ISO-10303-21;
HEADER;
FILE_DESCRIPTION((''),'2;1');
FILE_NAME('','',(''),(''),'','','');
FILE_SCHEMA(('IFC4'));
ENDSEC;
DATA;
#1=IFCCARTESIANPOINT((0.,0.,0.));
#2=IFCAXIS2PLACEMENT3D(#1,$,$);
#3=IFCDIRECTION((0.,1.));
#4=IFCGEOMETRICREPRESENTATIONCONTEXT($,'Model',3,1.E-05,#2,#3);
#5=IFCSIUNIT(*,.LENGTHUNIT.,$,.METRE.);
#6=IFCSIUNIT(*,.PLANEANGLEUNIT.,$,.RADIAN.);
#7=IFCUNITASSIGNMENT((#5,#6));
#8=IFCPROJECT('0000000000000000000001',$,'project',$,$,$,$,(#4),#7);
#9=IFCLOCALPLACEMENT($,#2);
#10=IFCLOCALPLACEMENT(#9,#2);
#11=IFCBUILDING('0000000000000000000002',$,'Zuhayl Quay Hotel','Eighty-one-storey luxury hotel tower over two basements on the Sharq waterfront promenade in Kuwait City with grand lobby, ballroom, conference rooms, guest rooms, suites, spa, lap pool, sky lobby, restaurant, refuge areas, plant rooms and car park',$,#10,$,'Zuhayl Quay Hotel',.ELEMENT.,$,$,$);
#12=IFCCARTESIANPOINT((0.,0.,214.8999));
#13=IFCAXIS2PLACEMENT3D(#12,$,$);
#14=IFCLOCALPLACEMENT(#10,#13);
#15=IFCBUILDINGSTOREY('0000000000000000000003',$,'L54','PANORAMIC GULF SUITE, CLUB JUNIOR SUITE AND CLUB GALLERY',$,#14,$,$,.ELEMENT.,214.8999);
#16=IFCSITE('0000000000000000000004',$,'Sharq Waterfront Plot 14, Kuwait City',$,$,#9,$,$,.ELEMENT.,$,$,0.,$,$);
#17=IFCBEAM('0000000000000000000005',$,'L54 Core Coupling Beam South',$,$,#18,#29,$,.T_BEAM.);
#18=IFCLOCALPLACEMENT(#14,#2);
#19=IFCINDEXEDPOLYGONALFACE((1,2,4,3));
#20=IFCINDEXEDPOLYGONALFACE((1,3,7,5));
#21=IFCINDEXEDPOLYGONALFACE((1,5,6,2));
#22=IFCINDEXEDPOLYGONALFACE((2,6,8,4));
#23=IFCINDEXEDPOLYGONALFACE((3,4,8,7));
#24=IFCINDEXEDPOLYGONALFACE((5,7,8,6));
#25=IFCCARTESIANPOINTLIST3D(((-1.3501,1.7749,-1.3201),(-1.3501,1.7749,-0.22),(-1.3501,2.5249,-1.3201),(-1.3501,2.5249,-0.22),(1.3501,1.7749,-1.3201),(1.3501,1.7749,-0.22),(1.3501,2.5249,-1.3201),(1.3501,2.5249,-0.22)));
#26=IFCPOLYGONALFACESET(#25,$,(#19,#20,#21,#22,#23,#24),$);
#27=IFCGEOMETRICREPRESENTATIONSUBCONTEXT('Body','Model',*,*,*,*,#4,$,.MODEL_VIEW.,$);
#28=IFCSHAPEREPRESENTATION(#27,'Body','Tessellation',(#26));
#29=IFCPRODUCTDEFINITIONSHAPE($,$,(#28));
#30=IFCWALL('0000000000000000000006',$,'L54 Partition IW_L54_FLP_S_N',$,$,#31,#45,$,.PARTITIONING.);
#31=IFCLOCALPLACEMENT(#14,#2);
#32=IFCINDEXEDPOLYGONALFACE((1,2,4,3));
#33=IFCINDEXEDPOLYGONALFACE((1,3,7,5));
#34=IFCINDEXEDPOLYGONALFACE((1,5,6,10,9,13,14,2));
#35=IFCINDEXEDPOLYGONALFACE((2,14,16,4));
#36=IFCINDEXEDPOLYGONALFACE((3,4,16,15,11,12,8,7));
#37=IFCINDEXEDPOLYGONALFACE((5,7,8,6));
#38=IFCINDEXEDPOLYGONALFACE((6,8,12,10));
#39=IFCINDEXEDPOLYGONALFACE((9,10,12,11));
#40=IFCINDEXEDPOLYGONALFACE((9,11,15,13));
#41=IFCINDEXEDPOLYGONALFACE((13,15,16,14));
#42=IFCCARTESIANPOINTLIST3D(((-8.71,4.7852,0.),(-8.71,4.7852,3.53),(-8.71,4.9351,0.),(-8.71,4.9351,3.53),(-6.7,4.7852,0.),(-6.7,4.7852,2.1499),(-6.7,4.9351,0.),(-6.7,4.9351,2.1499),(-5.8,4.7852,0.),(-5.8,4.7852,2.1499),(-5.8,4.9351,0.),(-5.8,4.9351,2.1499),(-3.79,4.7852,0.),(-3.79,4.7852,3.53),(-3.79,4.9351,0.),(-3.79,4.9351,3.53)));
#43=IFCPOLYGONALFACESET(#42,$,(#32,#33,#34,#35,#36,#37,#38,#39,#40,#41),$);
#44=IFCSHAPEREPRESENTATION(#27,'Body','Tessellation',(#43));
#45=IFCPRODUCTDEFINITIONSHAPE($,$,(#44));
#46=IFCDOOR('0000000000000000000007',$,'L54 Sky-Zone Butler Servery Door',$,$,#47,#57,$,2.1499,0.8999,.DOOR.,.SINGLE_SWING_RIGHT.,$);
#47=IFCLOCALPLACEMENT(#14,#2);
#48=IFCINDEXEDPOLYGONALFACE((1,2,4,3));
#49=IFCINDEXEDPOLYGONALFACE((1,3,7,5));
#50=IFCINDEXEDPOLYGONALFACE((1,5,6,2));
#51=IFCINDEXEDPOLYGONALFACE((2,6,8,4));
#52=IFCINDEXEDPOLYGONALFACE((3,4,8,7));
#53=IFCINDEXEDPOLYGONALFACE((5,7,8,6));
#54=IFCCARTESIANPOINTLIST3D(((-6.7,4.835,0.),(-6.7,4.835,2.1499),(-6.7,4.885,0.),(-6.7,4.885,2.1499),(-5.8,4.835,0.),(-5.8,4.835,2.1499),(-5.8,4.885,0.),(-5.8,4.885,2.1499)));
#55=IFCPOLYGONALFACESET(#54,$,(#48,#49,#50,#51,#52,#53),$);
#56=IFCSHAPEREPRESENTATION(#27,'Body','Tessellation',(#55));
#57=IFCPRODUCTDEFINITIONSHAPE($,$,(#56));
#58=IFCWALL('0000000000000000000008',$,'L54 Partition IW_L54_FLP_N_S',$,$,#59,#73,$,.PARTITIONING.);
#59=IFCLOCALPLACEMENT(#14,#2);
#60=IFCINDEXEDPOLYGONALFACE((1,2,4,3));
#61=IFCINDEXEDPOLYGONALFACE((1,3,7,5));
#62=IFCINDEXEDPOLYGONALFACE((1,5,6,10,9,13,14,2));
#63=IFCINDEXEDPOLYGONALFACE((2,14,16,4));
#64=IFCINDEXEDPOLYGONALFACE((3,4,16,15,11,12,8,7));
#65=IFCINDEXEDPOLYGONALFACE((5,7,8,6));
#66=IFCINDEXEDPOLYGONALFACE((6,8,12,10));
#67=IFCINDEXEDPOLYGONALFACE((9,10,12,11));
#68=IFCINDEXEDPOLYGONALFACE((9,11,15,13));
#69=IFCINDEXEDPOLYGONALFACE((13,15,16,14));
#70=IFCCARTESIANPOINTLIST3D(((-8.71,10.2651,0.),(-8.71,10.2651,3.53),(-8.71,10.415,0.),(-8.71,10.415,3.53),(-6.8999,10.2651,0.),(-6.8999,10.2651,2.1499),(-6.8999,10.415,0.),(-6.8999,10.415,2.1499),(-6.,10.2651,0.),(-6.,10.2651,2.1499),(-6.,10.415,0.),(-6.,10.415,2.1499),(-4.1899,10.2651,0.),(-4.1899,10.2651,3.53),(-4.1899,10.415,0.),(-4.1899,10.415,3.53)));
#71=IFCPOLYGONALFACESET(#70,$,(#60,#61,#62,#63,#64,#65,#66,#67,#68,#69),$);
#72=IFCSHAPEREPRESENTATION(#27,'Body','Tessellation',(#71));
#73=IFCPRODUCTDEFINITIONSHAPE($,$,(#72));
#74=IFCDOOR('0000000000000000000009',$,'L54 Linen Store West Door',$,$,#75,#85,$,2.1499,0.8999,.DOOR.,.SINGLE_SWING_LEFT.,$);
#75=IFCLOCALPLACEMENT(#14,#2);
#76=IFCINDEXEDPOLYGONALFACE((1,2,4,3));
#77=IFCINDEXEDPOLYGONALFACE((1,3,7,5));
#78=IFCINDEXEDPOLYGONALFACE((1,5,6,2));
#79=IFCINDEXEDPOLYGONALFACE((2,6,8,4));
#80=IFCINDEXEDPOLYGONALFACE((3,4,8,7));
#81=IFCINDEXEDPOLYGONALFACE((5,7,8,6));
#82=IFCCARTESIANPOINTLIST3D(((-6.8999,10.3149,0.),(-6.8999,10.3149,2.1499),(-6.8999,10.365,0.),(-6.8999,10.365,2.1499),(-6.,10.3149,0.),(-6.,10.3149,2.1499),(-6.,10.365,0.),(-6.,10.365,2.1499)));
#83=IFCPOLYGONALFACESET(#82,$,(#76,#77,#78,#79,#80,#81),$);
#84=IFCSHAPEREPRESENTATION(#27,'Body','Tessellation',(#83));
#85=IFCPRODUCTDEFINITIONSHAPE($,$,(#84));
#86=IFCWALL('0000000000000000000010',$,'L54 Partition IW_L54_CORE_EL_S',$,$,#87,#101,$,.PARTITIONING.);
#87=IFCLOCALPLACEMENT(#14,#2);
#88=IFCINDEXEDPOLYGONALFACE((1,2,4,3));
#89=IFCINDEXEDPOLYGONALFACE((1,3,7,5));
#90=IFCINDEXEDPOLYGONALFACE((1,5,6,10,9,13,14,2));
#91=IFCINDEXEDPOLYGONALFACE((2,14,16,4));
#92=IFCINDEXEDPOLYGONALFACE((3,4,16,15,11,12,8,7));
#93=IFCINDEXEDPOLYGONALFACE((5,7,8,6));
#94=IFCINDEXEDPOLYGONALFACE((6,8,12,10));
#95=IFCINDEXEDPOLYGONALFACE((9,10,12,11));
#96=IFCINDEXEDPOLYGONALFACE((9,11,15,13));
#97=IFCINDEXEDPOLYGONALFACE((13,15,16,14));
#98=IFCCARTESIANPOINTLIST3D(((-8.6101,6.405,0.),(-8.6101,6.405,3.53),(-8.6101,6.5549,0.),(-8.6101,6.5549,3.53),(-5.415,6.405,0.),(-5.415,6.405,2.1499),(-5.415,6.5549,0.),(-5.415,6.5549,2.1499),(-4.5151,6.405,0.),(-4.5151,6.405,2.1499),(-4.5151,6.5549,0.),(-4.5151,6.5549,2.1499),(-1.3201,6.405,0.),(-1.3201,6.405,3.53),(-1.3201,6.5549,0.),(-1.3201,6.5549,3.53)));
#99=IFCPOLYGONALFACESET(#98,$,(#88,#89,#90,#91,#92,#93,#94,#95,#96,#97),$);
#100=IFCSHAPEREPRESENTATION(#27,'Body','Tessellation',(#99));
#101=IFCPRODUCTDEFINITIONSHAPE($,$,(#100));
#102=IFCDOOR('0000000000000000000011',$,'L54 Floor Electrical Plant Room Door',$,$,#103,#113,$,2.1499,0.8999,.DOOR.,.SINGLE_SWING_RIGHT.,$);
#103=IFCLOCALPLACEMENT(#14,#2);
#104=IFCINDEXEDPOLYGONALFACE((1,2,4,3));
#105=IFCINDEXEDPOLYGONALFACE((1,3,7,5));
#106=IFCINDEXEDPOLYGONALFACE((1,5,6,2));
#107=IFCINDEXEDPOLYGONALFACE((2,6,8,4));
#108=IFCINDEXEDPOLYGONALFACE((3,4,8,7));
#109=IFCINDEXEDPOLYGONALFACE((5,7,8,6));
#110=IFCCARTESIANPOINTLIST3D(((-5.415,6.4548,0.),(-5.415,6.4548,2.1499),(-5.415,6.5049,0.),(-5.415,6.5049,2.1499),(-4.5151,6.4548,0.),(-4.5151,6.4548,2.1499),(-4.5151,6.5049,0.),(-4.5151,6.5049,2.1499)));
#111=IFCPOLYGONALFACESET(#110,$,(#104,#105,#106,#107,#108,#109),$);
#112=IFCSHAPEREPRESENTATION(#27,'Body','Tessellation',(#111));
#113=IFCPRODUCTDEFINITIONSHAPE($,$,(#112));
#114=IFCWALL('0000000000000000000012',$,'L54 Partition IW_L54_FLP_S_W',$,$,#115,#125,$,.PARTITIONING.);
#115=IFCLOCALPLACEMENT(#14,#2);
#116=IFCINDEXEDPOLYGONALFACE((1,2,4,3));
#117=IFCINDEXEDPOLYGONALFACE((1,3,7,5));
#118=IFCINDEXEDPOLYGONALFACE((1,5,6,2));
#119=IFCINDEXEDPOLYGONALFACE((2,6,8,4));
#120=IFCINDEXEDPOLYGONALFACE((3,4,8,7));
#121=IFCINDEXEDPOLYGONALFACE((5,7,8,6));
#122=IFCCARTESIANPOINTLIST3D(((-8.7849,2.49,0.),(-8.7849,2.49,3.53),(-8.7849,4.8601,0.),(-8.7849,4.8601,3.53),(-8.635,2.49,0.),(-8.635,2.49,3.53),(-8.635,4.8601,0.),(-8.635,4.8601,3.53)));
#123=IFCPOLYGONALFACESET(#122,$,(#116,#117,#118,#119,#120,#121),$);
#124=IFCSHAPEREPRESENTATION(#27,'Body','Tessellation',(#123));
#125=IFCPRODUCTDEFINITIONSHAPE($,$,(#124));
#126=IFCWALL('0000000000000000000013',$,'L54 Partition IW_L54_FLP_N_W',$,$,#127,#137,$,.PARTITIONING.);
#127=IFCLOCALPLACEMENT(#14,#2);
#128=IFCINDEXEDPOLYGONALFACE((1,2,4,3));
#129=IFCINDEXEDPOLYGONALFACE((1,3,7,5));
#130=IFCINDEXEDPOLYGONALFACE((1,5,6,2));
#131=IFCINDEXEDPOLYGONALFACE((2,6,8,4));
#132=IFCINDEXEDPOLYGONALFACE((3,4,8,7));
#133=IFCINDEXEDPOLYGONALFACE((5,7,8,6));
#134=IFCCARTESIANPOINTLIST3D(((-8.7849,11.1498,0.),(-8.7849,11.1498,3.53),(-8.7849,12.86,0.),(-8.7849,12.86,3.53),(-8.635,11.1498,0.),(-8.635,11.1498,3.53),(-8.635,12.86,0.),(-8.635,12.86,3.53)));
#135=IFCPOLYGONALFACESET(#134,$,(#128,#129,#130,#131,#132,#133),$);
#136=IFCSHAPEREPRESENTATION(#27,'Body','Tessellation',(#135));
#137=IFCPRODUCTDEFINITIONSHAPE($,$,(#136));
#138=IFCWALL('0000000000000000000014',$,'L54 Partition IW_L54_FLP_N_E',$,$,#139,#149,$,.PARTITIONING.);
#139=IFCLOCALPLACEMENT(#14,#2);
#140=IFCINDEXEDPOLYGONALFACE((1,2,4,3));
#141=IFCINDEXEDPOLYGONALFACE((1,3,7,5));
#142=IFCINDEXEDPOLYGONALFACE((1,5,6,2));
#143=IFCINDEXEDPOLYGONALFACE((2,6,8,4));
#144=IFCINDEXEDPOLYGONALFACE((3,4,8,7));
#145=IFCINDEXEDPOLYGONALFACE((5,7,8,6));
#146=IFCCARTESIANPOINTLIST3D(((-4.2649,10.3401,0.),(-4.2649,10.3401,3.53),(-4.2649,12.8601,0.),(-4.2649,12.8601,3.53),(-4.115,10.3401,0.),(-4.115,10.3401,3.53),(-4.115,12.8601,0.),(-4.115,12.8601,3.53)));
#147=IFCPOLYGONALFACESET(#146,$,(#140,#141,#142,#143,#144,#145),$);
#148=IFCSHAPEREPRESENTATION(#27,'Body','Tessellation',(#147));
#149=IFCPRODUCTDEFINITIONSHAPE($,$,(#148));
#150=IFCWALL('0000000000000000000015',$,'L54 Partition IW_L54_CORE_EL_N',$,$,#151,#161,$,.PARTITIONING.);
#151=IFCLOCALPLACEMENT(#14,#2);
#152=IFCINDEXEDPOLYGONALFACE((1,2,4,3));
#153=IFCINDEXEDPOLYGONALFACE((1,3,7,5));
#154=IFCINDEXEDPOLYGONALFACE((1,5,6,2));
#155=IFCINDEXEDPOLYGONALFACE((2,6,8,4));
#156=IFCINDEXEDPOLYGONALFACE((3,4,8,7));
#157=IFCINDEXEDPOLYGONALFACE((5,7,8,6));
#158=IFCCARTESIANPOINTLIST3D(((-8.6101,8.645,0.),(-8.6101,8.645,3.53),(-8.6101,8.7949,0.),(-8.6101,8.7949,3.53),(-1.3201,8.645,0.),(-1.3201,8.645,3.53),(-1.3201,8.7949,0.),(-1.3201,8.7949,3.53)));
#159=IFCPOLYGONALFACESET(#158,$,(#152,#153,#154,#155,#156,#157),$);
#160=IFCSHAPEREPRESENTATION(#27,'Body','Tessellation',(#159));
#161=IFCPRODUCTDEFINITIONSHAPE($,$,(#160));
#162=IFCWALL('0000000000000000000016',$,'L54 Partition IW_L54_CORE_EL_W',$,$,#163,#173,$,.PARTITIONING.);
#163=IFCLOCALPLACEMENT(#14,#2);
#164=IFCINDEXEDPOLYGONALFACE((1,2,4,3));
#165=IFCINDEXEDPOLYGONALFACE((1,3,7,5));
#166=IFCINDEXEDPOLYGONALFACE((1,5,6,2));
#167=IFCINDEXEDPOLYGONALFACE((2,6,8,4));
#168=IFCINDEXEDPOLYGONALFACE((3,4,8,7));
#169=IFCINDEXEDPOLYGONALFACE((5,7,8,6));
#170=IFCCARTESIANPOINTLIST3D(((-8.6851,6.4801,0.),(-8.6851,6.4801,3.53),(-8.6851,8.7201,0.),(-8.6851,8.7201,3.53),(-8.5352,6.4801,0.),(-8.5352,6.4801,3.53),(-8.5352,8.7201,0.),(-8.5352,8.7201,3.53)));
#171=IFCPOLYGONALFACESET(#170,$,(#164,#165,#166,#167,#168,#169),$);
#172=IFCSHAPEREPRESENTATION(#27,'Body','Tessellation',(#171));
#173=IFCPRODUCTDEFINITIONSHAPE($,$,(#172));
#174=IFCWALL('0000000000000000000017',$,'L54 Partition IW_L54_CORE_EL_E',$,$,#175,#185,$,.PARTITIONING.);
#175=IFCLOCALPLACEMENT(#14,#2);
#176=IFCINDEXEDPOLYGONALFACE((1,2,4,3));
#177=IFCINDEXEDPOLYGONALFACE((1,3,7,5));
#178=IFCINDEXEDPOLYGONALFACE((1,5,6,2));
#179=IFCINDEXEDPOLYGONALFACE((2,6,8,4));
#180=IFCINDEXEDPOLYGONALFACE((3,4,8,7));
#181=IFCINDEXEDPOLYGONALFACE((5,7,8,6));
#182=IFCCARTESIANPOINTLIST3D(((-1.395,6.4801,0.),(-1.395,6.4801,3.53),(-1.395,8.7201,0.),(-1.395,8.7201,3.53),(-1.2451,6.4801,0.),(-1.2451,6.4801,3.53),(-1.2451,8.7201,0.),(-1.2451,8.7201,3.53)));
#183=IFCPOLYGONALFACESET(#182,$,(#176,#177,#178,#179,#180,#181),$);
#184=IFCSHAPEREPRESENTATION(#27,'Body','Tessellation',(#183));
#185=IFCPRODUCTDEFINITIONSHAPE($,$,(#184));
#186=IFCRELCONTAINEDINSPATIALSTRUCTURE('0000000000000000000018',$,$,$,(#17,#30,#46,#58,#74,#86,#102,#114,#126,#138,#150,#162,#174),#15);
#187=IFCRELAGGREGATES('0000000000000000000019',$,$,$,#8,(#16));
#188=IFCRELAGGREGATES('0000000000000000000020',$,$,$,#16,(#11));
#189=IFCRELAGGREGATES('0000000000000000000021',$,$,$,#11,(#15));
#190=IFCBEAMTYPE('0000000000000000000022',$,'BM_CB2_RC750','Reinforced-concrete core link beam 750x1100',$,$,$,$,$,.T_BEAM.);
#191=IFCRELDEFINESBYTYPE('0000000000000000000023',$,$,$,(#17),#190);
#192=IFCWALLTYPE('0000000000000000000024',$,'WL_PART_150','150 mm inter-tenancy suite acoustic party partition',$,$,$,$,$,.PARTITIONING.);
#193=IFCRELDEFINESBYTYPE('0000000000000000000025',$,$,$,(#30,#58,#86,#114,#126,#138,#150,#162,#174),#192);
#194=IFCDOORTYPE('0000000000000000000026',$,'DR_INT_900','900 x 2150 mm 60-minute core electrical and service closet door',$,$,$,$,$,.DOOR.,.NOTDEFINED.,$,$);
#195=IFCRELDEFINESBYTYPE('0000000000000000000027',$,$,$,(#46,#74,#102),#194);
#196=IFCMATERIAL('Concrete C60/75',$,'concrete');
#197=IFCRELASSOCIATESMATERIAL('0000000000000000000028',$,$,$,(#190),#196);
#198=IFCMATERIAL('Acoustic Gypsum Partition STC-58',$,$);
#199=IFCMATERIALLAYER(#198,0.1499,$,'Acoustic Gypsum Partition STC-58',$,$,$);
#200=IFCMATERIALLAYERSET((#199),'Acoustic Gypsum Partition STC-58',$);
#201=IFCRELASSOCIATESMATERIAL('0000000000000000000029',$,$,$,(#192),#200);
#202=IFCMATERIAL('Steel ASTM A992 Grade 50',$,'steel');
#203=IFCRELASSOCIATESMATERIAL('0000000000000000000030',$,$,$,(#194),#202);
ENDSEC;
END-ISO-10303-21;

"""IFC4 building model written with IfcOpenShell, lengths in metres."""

from ifc_helpers import new_model, si_unit, direction, frame, frame_2d, origin, origin_2d, place, context, subcontext, project, spatial, rectangle, extrude, material, layer, layer_set, material_profile, profile_set, type_object, element, fill, save


model = new_model("IFC4")

# Units and contexts
model_context = context("Model", 3, precision=1e-05, world=origin(), true_north=direction((0.0, 1.0)))
body_context = subcontext(model_context, "Body", "Model", "MODEL_VIEW")
ifc_project = project(units=[si_unit("LENGTHUNIT", "METRE"), si_unit("PLANEANGLEUNIT", "RADIAN")], contexts=[model_context])

# Site, building, storey
site_placement = place(None, origin())
site = spatial("IfcSite", under=ifc_project, at=site_placement, Name="Sharq Waterfront Plot 14, Kuwait City", CompositionType="ELEMENT", RefElevation=0.0)
building_placement = place(site_placement, origin())
building = spatial("IfcBuilding", under=site, at=building_placement, Name="Zuhayl Quay Hotel", Description="Eighty-one-storey luxury hotel tower over two basements on the Sharq waterfront promenade in Kuwait City with grand lobby, ballroom, conference rooms, guest rooms, suites, spa, lap pool, sky lobby, restaurant, refuge areas, plant rooms and car park", LongName="Zuhayl Quay Hotel", CompositionType="ELEMENT")
storey_placement = place(building_placement, frame((0.0, 0.0, 214.8999)))
storey = spatial("IfcBuildingStorey", under=building, at=storey_placement, Name="L54", Description="PANORAMIC GULF SUITE, CLUB JUNIOR SUITE AND CLUB GALLERY", CompositionType="ELEMENT", Elevation=214.8999)

# Beam
ifc_material_1 = material(Name="Concrete C60/75", Category="concrete")
ifc_material_profile = material_profile(ifc_material_1, rectangle(XDim=0.75, YDim=1.1001, at=origin_2d()), Name="RC750X1100")
ifc_profile_set = profile_set([ifc_material_profile], Name="Concrete C60/75")
beam_type = type_object("IfcBeamType", Name="BM_CB2_RC750", Description="Reinforced-concrete core link beam 750x1100", PredefinedType="T_BEAM", material=ifc_profile_set)
beam_placement = place(storey_placement, frame((-1.3501, 2.1499, -0.77), z_axis=(1.0, 0.0, 0.0), x_axis=(0.0, 1.0, 0.0)))
element("IfcBeam", 1, at=beam_placement, inside=storey, type_object=beam_type, Name="L54 Core Coupling Beam South", PredefinedType="T_BEAM", context=body_context, shape_type="SweptSolid", body=[
    extrude(rectangle(XDim=0.75, YDim=1.1001, at=origin_2d()), origin(), (0.0, 0.0, 1.0), 2.7002),
])

# Walls, openings, doors
ifc_material_2 = material(Name="Acoustic Gypsum Partition STC-58")
ifc_layer_1 = layer(ifc_material_2, 0.1499, Name="Acoustic Gypsum Partition STC-58")
ifc_layer_set_1 = layer_set([ifc_layer_1], Name="Acoustic Gypsum Partition STC-58")
wall_type_1 = type_object("IfcWallType", Name="WL_PART_150", Description="150 mm inter-tenancy suite acoustic party partition", PredefinedType="PARTITIONING", material=ifc_layer_set_1)
wall_1_placement = place(storey_placement, frame((-8.71, 4.8601, 0.0), z_axis=(0.0, 0.0, 1.0), x_axis=(1.0, 0.0, 0.0)))
wall_1 = element("IfcWall", 2, at=wall_1_placement, inside=storey, type_object=wall_type_1, Name="L54 Partition IW_L54_FLP_S_N", PredefinedType="PARTITIONING", context=body_context, shape_type="SweptSolid", body=[
    extrude(rectangle(XDim=4.9199, YDim=0.1499, at=frame_2d((2.46, 0.0))), origin(), (0.0, 0.0, 1.0), 3.53),
])
opening_1_placement = place(wall_1_placement, frame((2.01, 0.0, 0.0)))
opening_1 = element("IfcOpeningElement", 3, at=opening_1_placement, cuts=wall_1, PredefinedType="OPENING", context=body_context, shape_type="SweptSolid", body=[
    extrude(rectangle(XDim=0.8999, YDim=2.1499, at=frame_2d((0.45, 1.075))), frame((0.0, 0.085, 0.0), z_axis=(0.0, -1.0, 0.0), x_axis=(1.0, 0.0, 0.0)), (0.0, 0.0, 1.0), 0.1699),
])
ifc_material_3 = material(Name="Steel ASTM A992 Grade 50", Category="steel")
door_type_1 = type_object("IfcDoorType", Name="DR_INT_900", Description="900 x 2150 mm 60-minute core electrical and service closet door", OperationType="NOTDEFINED", PredefinedType="DOOR", material=ifc_material_3)
door_1_placement = place(opening_1_placement, origin())
door_1 = element("IfcDoor", 4, at=door_1_placement, inside=storey, type_object=door_type_1, Name="L54 Sky-Zone Butler Servery Door", OperationType="SINGLE_SWING_RIGHT", OverallHeight=2.1499, OverallWidth=0.8999, PredefinedType="DOOR", context=body_context, shape_type="SweptSolid", body=[
    extrude(rectangle(XDim=0.8999, YDim=2.1499, at=frame_2d((0.45, 1.075))), frame((0.0, 0.0249, 0.0), z_axis=(0.0, -1.0, 0.0), x_axis=(1.0, 0.0, 0.0)), (0.0, 0.0, 1.0), 0.05),
])
fill(opening_1, door_1)
wall_2_placement = place(storey_placement, frame((-8.71, 10.3401, 0.0), z_axis=(0.0, 0.0, 1.0), x_axis=(1.0, 0.0, 0.0)))
wall_2 = element("IfcWall", 5, at=wall_2_placement, inside=storey, type_object=wall_type_1, Name="L54 Partition IW_L54_FLP_N_S", PredefinedType="PARTITIONING", context=body_context, shape_type="SweptSolid", body=[
    extrude(rectangle(XDim=4.52, YDim=0.1499, at=frame_2d((2.26, 0.0))), origin(), (0.0, 0.0, 1.0), 3.53),
])
opening_2_placement = place(wall_2_placement, frame((1.8101, 0.0, 0.0)))
opening_2 = element("IfcOpeningElement", 6, at=opening_2_placement, cuts=wall_2, PredefinedType="OPENING", context=body_context, shape_type="SweptSolid", body=[
    extrude(rectangle(XDim=0.8999, YDim=2.1499, at=frame_2d((0.45, 1.075))), frame((0.0, 0.085, 0.0), z_axis=(0.0, -1.0, 0.0), x_axis=(1.0, 0.0, 0.0)), (0.0, 0.0, 1.0), 0.1699),
])
door_2_placement = place(opening_2_placement, origin())
door_2 = element("IfcDoor", 7, at=door_2_placement, inside=storey, type_object=door_type_1, Name="L54 Linen Store West Door", OperationType="SINGLE_SWING_LEFT", OverallHeight=2.1499, OverallWidth=0.8999, PredefinedType="DOOR", context=body_context, shape_type="SweptSolid", body=[
    extrude(rectangle(XDim=0.8999, YDim=2.1499, at=frame_2d((0.45, 1.075))), frame((0.0, 0.0249, 0.0), z_axis=(0.0, -1.0, 0.0), x_axis=(1.0, 0.0, 0.0)), (0.0, 0.0, 1.0), 0.05),
])
fill(opening_2, door_2)
wall_3_placement = place(storey_placement, frame((-8.6101, 6.48, 0.0), z_axis=(0.0, 0.0, 1.0), x_axis=(1.0, 0.0, 0.0)))
wall_3 = element("IfcWall", 8, at=wall_3_placement, inside=storey, type_object=wall_type_1, Name="L54 Partition IW_L54_CORE_EL_S", PredefinedType="PARTITIONING", context=body_context, shape_type="SweptSolid", body=[
    extrude(rectangle(XDim=7.29, YDim=0.1499, at=frame_2d((3.645, 0.0))), origin(), (0.0, 0.0, 1.0), 3.53),
])
opening_3_placement = place(wall_3_placement, frame((3.1951, 0.0, 0.0)))
opening_3 = element("IfcOpeningElement", 9, at=opening_3_placement, cuts=wall_3, PredefinedType="OPENING", context=body_context, shape_type="SweptSolid", body=[
    extrude(rectangle(XDim=0.8999, YDim=2.1499, at=frame_2d((0.45, 1.075))), frame((0.0, 0.085, 0.0), z_axis=(0.0, -1.0, 0.0), x_axis=(1.0, 0.0, 0.0)), (0.0, 0.0, 1.0), 0.1699),
])
door_3_placement = place(opening_3_placement, origin())
door_3 = element("IfcDoor", 10, at=door_3_placement, inside=storey, type_object=door_type_1, Name="L54 Floor Electrical Plant Room Door", OperationType="SINGLE_SWING_RIGHT", OverallHeight=2.1499, OverallWidth=0.8999, PredefinedType="DOOR", context=body_context, shape_type="SweptSolid", body=[
    extrude(rectangle(XDim=0.8999, YDim=2.1499, at=frame_2d((0.45, 1.075))), frame((0.0, 0.0249, 0.0), z_axis=(0.0, -1.0, 0.0), x_axis=(1.0, 0.0, 0.0)), (0.0, 0.0, 1.0), 0.05),
])
fill(opening_3, door_3)

# Walls
wall_4_placement = place(storey_placement, frame((-8.71, 2.49, 0.0), z_axis=(0.0, 0.0, 1.0), x_axis=(0.0, 1.0, 0.0)))
element("IfcWall", 11, at=wall_4_placement, inside=storey, type_object=wall_type_1, Name="L54 Partition IW_L54_FLP_S_W", PredefinedType="PARTITIONING", context=body_context, shape_type="SweptSolid", body=[
    extrude(rectangle(XDim=2.3701, YDim=0.1499, at=frame_2d((1.1851, 0.0))), origin(), (0.0, 0.0, 1.0), 3.53),
])
wall_5_placement = place(storey_placement, frame((-8.71, 11.1499, 0.0), z_axis=(0.0, 0.0, 1.0), x_axis=(0.0, 1.0, 0.0)))
element("IfcWall", 12, at=wall_5_placement, inside=storey, type_object=wall_type_1, Name="L54 Partition IW_L54_FLP_N_W", PredefinedType="PARTITIONING", context=body_context, shape_type="SweptSolid", body=[
    extrude(rectangle(XDim=1.7102, YDim=0.1499, at=frame_2d((0.855, 0.0))), origin(), (0.0, 0.0, 1.0), 3.53),
])
wall_6_placement = place(storey_placement, frame((-4.1899, 10.3401, 0.0), z_axis=(0.0, 0.0, 1.0), x_axis=(0.0, 1.0, 0.0)))
element("IfcWall", 13, at=wall_6_placement, inside=storey, type_object=wall_type_1, Name="L54 Partition IW_L54_FLP_N_E", PredefinedType="PARTITIONING", context=body_context, shape_type="SweptSolid", body=[
    extrude(rectangle(XDim=2.52, YDim=0.1499, at=frame_2d((1.26, 0.0))), origin(), (0.0, 0.0, 1.0), 3.53),
])
wall_7_placement = place(storey_placement, frame((-8.6101, 8.72, 0.0), z_axis=(0.0, 0.0, 1.0), x_axis=(1.0, 0.0, 0.0)))
element("IfcWall", 14, at=wall_7_placement, inside=storey, type_object=wall_type_1, Name="L54 Partition IW_L54_CORE_EL_N", PredefinedType="PARTITIONING", context=body_context, shape_type="SweptSolid", body=[
    extrude(rectangle(XDim=7.29, YDim=0.1499, at=frame_2d((3.645, 0.0))), origin(), (0.0, 0.0, 1.0), 3.53),
])
for number, where, z_axis, x_axis, name in (
    (15, (-8.6101, 6.48, 0.0), (0.0, 0.0, 1.0), (0.0, 1.0, 0.0), "L54 Partition IW_L54_CORE_EL_W"),
    (16, (-1.3201, 6.48, 0.0), (0.0, 0.0, 1.0), (0.0, 1.0, 0.0), "L54 Partition IW_L54_CORE_EL_E"),
):
    element("IfcWall", number, at=place(storey_placement, frame(where, z_axis=z_axis, x_axis=x_axis)), inside=storey, type_object=wall_type_1, Name=name, PredefinedType="PARTITIONING", context=body_context, shape_type="SweptSolid", body=[
        extrude(rectangle(XDim=2.24, YDim=0.1499, at=frame_2d((1.1201, 0.0))), origin(), (0.0, 0.0, 1.0), 3.53),
    ])

save(model, "model.ifc")
